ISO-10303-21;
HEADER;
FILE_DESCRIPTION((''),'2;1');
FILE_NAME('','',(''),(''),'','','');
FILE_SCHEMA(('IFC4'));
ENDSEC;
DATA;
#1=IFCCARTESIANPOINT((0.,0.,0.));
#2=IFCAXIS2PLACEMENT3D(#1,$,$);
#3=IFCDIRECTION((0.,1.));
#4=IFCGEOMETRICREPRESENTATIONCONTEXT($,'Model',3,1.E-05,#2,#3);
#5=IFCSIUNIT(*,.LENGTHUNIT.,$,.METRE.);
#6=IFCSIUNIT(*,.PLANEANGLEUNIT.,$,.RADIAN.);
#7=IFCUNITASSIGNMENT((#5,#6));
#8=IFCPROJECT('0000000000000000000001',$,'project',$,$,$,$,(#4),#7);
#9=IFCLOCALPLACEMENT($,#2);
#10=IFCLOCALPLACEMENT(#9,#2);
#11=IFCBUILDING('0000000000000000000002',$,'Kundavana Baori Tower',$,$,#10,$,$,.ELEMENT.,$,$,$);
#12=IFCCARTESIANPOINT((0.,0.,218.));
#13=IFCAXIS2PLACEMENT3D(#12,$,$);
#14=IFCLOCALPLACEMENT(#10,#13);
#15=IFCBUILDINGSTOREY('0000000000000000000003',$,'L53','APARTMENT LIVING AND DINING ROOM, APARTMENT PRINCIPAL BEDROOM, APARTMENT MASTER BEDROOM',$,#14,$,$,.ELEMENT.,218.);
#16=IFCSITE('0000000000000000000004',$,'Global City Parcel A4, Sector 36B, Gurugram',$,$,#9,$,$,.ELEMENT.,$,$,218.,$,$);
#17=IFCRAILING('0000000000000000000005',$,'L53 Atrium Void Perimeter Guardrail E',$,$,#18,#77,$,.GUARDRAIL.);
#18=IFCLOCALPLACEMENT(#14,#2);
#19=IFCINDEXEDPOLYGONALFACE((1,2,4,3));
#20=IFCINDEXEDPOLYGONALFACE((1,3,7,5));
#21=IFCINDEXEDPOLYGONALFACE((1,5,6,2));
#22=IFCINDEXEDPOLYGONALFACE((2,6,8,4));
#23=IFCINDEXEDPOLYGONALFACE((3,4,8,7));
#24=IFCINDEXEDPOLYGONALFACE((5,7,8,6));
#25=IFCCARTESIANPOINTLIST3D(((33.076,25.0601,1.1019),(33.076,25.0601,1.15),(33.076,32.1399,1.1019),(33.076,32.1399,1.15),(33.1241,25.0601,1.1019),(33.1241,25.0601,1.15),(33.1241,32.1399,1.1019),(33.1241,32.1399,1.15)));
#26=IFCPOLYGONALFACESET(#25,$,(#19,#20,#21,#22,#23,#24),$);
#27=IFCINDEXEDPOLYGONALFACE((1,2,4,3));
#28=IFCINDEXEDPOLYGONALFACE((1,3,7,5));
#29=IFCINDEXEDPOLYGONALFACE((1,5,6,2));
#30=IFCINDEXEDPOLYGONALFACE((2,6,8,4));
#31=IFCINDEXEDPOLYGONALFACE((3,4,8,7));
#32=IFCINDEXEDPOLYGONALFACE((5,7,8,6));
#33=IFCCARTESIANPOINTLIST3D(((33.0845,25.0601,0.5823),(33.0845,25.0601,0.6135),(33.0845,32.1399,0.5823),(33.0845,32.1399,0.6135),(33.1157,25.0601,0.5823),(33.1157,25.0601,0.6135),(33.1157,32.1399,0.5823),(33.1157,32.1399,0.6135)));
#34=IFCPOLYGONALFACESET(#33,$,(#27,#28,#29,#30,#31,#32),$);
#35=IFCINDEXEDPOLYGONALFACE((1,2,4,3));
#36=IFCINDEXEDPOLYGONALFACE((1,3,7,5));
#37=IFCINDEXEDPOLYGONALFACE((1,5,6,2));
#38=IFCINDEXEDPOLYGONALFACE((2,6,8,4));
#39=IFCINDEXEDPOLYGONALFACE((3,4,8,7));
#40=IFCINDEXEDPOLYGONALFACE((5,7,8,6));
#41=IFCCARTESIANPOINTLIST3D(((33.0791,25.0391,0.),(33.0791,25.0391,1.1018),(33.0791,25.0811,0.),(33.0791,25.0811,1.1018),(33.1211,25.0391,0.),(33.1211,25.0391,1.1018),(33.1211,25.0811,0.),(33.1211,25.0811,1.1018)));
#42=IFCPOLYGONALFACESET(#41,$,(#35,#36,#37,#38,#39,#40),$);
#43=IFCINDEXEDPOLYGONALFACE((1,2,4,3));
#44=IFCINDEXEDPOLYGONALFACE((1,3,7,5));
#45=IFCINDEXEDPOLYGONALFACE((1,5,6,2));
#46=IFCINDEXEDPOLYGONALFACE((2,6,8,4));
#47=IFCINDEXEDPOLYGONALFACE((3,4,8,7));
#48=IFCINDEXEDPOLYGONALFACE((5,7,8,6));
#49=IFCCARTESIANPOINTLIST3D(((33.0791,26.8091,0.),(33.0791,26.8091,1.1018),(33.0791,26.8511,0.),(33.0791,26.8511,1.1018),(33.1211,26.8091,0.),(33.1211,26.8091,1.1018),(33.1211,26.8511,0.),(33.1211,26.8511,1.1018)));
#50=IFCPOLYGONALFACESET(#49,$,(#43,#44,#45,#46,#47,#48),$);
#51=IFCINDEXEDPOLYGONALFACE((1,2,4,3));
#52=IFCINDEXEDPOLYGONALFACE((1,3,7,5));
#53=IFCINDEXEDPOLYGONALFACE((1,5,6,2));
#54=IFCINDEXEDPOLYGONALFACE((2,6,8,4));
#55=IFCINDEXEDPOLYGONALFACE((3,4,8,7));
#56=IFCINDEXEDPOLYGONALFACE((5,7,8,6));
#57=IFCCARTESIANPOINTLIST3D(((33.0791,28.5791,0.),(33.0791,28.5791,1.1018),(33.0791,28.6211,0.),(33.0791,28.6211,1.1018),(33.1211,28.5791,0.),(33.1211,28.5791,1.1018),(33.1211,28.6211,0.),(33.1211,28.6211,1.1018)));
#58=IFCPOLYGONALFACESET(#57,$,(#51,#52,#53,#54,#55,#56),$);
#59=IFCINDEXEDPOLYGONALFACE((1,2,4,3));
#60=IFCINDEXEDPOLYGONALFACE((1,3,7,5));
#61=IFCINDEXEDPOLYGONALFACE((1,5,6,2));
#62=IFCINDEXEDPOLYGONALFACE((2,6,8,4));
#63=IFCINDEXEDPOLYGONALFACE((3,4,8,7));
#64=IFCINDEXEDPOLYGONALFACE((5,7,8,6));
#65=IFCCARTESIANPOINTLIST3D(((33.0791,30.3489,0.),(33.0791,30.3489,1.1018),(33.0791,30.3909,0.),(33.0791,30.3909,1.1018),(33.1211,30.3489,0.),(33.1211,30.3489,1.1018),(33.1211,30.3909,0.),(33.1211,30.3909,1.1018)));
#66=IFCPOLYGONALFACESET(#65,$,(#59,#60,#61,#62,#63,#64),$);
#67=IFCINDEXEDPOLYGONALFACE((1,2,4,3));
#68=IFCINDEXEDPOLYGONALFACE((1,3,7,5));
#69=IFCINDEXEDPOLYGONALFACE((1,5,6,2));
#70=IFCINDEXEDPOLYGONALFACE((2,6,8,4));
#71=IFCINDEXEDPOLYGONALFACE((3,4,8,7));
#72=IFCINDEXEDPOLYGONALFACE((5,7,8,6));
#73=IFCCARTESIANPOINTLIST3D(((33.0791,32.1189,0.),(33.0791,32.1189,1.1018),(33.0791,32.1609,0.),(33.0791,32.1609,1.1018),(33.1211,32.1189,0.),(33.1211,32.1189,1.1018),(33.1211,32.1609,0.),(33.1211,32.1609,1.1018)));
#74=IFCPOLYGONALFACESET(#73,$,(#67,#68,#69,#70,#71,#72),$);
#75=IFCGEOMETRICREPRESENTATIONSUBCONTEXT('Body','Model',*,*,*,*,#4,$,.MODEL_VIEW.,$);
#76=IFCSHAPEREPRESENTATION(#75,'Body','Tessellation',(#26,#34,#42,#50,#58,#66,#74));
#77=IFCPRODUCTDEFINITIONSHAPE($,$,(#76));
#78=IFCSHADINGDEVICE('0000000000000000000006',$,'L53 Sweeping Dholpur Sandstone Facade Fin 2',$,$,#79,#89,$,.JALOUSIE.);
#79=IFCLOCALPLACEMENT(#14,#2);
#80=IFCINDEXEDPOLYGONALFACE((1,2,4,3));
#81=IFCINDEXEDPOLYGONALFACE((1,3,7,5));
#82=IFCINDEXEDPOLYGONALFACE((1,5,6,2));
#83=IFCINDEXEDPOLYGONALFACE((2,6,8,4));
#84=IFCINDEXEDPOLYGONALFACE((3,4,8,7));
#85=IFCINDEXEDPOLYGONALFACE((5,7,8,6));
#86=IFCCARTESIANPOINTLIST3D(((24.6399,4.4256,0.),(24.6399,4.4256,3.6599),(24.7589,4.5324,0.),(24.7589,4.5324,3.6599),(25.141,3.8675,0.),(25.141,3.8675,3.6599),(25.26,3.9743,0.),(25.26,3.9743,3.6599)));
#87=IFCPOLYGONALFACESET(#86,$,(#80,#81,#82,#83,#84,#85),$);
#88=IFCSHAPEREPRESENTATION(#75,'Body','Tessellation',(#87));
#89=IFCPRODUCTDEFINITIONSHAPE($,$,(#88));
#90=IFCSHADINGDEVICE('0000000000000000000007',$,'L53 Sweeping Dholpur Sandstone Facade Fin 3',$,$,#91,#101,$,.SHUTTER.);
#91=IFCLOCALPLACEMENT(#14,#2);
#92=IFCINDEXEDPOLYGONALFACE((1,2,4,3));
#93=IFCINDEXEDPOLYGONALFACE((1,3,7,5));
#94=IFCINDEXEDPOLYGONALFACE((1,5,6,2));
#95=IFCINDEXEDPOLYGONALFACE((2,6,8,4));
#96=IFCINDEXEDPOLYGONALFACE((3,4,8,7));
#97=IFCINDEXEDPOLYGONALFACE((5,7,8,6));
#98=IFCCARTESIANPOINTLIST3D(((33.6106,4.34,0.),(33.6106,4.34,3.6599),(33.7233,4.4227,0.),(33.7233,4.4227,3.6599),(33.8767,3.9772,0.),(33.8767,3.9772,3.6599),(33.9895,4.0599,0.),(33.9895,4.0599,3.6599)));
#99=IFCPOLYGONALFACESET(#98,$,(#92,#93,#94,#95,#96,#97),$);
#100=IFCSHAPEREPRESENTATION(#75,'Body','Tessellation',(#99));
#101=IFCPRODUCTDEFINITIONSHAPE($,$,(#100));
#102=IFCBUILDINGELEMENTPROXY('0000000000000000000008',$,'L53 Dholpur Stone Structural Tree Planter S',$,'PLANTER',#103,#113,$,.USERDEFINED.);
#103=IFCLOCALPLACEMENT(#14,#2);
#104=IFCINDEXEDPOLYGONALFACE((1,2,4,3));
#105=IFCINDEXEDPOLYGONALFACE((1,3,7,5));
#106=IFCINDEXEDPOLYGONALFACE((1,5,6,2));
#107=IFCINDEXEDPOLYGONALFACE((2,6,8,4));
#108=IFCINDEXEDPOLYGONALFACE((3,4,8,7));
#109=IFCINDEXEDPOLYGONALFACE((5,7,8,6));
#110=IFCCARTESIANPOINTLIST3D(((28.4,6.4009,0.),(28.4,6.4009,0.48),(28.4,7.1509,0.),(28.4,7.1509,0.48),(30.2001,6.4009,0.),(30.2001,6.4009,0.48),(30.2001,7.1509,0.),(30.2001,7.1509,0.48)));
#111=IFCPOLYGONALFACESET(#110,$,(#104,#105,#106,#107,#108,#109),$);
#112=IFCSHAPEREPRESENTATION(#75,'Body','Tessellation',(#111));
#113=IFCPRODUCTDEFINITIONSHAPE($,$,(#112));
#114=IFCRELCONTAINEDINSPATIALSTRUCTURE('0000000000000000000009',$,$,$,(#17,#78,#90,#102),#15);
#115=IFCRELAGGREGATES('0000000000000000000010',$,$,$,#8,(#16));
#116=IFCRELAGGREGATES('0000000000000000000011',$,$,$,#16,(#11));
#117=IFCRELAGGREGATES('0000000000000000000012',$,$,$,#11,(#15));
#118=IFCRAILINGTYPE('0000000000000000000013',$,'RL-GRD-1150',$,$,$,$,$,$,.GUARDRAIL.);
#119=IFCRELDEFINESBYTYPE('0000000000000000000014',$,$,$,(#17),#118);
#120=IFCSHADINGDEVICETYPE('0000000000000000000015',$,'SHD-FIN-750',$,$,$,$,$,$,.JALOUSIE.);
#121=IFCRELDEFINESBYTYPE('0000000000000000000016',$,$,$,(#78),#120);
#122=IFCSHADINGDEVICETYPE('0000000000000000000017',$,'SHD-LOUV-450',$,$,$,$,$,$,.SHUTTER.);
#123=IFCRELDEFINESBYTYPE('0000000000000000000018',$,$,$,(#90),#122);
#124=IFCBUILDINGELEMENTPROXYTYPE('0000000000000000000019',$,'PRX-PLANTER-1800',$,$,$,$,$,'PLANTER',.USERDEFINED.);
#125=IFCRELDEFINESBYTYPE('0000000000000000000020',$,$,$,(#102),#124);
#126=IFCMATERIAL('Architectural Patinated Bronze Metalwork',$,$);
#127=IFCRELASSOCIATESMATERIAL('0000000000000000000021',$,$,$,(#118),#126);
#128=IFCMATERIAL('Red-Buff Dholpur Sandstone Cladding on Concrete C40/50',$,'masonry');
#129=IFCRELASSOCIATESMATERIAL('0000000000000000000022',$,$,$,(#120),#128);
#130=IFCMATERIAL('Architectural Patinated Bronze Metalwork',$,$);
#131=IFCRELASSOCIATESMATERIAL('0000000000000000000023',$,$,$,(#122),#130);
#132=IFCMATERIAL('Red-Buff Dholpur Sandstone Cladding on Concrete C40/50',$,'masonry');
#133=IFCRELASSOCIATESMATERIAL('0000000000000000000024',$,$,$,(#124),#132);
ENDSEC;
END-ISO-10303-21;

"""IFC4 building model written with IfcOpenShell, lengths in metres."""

from ifc_helpers import new_model, si_unit, direction, frame, origin, origin_2d, place, context, subcontext, project, spatial, rectangle, extrude, material, type_object, element, save


model = new_model("IFC4")

# Units and contexts
model_context = context("Model", 3, precision=1e-05, world=origin(), true_north=direction((0.0, 1.0)))
body_context = subcontext(model_context, "Body", "Model", "MODEL_VIEW")
ifc_project = project(units=[si_unit("LENGTHUNIT", "METRE"), si_unit("PLANEANGLEUNIT", "RADIAN")], contexts=[model_context])

# Site, building, storey
site_placement = place(None, origin())
site = spatial("IfcSite", under=ifc_project, at=site_placement, Name="Global City Parcel A4, Sector 36B, Gurugram", CompositionType="ELEMENT", RefElevation=218.0)
building_placement = place(site_placement, origin())
building = spatial("IfcBuilding", under=site, at=building_placement, Name="Kundavana Baori Tower", CompositionType="ELEMENT")
storey_placement = place(building_placement, frame((0.0, 0.0, 218.0)))
storey = spatial("IfcBuildingStorey", under=building, at=storey_placement, Name="L53", Description="APARTMENT LIVING AND DINING ROOM, APARTMENT PRINCIPAL BEDROOM, APARTMENT MASTER BEDROOM", CompositionType="ELEMENT", Elevation=218.0)

# Railing
ifc_material_1 = material(Name="Architectural Patinated Bronze Metalwork")
railing_type = type_object("IfcRailingType", Name="RL-GRD-1150", PredefinedType="GUARDRAIL", material=ifc_material_1)
railing_1_placement = place(storey_placement, frame((33.1001, 25.0601, 0.0)))
element("IfcRailing", 1, at=railing_1_placement, inside=storey, type_object=railing_type, Name="L53 Atrium Void Perimeter Guardrail E", PredefinedType="GUARDRAIL", context=body_context, shape_type="SweptSolid", body=[
    extrude(rectangle(XDim=0.0481, YDim=0.0481, at=origin_2d()), frame((0.0, 0.0, 1.126), z_axis=(0.0, 1.0, 0.0), x_axis=(-1.0, 0.0, 0.0)), (0.0, 0.0, 1.0), 7.0798),
    extrude(rectangle(XDim=0.0312, YDim=0.0312, at=origin_2d()), frame((0.0, 0.0, 0.5979), z_axis=(0.0, 1.0, 0.0), x_axis=(-1.0, 0.0, 0.0)), (0.0, 0.0, 1.0), 7.0798),
    extrude(rectangle(XDim=0.042, YDim=0.042, at=origin_2d()), origin(), (0.0, 0.0, 1.0), 1.1018),
    extrude(rectangle(XDim=0.042, YDim=0.042, at=origin_2d()), frame((0.0, 1.77, 0.0)), (0.0, 0.0, 1.0), 1.1018),
    extrude(rectangle(XDim=0.042, YDim=0.042, at=origin_2d()), frame((0.0, 3.54, 0.0)), (0.0, 0.0, 1.0), 1.1018),
    extrude(rectangle(XDim=0.042, YDim=0.042, at=origin_2d()), frame((0.0, 5.3098, 0.0)), (0.0, 0.0, 1.0), 1.1018),
    extrude(rectangle(XDim=0.042, YDim=0.042, at=origin_2d()), frame((0.0, 7.0798, 0.0)), (0.0, 0.0, 1.0), 1.1018),
])

# Shading devices
ifc_material_2 = material(Name="Red-Buff Dholpur Sandstone Cladding on Concrete C40/50", Category="masonry")
shading_device_type_1 = type_object("IfcShadingDeviceType", Name="SHD-FIN-750", PredefinedType="JALOUSIE", material=ifc_material_2)
shading_device_1_placement = place(storey_placement, frame((24.95, 4.2, 0.0), z_axis=(0.0, 0.0, 1.0), x_axis=(0.744078, 0.668092, 0.0)))
element("IfcShadingDevice", 2, at=shading_device_1_placement, inside=storey, type_object=shading_device_type_1, Name="L53 Sweeping Dholpur Sandstone Facade Fin 2", PredefinedType="JALOUSIE", context=body_context, shape_type="SweptSolid", body=[
    extrude(rectangle(XDim=0.1599, YDim=0.75, at=origin_2d()), origin(), (0.0, 0.0, 1.0), 3.6599),
])
ifc_material_3 = material(Name="Architectural Patinated Bronze Metalwork")
shading_device_type_2 = type_object("IfcShadingDeviceType", Name="SHD-LOUV-450", PredefinedType="SHUTTER", material=ifc_material_3)
shading_device_2_placement = place(storey_placement, frame((33.8, 4.2, 0.0), z_axis=(0.0, 0.0, 1.0), x_axis=(0.806238, 0.591591, 0.0)))
element("IfcShadingDevice", 3, at=shading_device_2_placement, inside=storey, type_object=shading_device_type_2, Name="L53 Sweeping Dholpur Sandstone Facade Fin 3", PredefinedType="SHUTTER", context=body_context, shape_type="SweptSolid", body=[
    extrude(rectangle(XDim=0.1399, YDim=0.45, at=origin_2d()), origin(), (0.0, 0.0, 1.0), 3.6599),
])

# Building element proxy
ifc_material_4 = material(Name="Red-Buff Dholpur Sandstone Cladding on Concrete C40/50", Category="masonry")
building_element_proxy_type = type_object("IfcBuildingElementProxyType", Name="PRX-PLANTER-1800", ElementType="PLANTER", PredefinedType="USERDEFINED", material=ifc_material_4)
proxy_placement = place(storey_placement, frame((29.3, 6.7759, 0.0), z_axis=(0.0, 0.0, 1.0), x_axis=(1.0, 0.0, 0.0)))
element("IfcBuildingElementProxy", 4, at=proxy_placement, inside=storey, type_object=building_element_proxy_type, Name="L53 Dholpur Stone Structural Tree Planter S", ObjectType="PLANTER", PredefinedType="USERDEFINED", context=body_context, shape_type="SweptSolid", body=[
    extrude(rectangle(XDim=1.8, YDim=0.75, at=origin_2d()), origin(), (0.0, 0.0, 1.0), 0.48),
])

save(model, "model.ifc")
